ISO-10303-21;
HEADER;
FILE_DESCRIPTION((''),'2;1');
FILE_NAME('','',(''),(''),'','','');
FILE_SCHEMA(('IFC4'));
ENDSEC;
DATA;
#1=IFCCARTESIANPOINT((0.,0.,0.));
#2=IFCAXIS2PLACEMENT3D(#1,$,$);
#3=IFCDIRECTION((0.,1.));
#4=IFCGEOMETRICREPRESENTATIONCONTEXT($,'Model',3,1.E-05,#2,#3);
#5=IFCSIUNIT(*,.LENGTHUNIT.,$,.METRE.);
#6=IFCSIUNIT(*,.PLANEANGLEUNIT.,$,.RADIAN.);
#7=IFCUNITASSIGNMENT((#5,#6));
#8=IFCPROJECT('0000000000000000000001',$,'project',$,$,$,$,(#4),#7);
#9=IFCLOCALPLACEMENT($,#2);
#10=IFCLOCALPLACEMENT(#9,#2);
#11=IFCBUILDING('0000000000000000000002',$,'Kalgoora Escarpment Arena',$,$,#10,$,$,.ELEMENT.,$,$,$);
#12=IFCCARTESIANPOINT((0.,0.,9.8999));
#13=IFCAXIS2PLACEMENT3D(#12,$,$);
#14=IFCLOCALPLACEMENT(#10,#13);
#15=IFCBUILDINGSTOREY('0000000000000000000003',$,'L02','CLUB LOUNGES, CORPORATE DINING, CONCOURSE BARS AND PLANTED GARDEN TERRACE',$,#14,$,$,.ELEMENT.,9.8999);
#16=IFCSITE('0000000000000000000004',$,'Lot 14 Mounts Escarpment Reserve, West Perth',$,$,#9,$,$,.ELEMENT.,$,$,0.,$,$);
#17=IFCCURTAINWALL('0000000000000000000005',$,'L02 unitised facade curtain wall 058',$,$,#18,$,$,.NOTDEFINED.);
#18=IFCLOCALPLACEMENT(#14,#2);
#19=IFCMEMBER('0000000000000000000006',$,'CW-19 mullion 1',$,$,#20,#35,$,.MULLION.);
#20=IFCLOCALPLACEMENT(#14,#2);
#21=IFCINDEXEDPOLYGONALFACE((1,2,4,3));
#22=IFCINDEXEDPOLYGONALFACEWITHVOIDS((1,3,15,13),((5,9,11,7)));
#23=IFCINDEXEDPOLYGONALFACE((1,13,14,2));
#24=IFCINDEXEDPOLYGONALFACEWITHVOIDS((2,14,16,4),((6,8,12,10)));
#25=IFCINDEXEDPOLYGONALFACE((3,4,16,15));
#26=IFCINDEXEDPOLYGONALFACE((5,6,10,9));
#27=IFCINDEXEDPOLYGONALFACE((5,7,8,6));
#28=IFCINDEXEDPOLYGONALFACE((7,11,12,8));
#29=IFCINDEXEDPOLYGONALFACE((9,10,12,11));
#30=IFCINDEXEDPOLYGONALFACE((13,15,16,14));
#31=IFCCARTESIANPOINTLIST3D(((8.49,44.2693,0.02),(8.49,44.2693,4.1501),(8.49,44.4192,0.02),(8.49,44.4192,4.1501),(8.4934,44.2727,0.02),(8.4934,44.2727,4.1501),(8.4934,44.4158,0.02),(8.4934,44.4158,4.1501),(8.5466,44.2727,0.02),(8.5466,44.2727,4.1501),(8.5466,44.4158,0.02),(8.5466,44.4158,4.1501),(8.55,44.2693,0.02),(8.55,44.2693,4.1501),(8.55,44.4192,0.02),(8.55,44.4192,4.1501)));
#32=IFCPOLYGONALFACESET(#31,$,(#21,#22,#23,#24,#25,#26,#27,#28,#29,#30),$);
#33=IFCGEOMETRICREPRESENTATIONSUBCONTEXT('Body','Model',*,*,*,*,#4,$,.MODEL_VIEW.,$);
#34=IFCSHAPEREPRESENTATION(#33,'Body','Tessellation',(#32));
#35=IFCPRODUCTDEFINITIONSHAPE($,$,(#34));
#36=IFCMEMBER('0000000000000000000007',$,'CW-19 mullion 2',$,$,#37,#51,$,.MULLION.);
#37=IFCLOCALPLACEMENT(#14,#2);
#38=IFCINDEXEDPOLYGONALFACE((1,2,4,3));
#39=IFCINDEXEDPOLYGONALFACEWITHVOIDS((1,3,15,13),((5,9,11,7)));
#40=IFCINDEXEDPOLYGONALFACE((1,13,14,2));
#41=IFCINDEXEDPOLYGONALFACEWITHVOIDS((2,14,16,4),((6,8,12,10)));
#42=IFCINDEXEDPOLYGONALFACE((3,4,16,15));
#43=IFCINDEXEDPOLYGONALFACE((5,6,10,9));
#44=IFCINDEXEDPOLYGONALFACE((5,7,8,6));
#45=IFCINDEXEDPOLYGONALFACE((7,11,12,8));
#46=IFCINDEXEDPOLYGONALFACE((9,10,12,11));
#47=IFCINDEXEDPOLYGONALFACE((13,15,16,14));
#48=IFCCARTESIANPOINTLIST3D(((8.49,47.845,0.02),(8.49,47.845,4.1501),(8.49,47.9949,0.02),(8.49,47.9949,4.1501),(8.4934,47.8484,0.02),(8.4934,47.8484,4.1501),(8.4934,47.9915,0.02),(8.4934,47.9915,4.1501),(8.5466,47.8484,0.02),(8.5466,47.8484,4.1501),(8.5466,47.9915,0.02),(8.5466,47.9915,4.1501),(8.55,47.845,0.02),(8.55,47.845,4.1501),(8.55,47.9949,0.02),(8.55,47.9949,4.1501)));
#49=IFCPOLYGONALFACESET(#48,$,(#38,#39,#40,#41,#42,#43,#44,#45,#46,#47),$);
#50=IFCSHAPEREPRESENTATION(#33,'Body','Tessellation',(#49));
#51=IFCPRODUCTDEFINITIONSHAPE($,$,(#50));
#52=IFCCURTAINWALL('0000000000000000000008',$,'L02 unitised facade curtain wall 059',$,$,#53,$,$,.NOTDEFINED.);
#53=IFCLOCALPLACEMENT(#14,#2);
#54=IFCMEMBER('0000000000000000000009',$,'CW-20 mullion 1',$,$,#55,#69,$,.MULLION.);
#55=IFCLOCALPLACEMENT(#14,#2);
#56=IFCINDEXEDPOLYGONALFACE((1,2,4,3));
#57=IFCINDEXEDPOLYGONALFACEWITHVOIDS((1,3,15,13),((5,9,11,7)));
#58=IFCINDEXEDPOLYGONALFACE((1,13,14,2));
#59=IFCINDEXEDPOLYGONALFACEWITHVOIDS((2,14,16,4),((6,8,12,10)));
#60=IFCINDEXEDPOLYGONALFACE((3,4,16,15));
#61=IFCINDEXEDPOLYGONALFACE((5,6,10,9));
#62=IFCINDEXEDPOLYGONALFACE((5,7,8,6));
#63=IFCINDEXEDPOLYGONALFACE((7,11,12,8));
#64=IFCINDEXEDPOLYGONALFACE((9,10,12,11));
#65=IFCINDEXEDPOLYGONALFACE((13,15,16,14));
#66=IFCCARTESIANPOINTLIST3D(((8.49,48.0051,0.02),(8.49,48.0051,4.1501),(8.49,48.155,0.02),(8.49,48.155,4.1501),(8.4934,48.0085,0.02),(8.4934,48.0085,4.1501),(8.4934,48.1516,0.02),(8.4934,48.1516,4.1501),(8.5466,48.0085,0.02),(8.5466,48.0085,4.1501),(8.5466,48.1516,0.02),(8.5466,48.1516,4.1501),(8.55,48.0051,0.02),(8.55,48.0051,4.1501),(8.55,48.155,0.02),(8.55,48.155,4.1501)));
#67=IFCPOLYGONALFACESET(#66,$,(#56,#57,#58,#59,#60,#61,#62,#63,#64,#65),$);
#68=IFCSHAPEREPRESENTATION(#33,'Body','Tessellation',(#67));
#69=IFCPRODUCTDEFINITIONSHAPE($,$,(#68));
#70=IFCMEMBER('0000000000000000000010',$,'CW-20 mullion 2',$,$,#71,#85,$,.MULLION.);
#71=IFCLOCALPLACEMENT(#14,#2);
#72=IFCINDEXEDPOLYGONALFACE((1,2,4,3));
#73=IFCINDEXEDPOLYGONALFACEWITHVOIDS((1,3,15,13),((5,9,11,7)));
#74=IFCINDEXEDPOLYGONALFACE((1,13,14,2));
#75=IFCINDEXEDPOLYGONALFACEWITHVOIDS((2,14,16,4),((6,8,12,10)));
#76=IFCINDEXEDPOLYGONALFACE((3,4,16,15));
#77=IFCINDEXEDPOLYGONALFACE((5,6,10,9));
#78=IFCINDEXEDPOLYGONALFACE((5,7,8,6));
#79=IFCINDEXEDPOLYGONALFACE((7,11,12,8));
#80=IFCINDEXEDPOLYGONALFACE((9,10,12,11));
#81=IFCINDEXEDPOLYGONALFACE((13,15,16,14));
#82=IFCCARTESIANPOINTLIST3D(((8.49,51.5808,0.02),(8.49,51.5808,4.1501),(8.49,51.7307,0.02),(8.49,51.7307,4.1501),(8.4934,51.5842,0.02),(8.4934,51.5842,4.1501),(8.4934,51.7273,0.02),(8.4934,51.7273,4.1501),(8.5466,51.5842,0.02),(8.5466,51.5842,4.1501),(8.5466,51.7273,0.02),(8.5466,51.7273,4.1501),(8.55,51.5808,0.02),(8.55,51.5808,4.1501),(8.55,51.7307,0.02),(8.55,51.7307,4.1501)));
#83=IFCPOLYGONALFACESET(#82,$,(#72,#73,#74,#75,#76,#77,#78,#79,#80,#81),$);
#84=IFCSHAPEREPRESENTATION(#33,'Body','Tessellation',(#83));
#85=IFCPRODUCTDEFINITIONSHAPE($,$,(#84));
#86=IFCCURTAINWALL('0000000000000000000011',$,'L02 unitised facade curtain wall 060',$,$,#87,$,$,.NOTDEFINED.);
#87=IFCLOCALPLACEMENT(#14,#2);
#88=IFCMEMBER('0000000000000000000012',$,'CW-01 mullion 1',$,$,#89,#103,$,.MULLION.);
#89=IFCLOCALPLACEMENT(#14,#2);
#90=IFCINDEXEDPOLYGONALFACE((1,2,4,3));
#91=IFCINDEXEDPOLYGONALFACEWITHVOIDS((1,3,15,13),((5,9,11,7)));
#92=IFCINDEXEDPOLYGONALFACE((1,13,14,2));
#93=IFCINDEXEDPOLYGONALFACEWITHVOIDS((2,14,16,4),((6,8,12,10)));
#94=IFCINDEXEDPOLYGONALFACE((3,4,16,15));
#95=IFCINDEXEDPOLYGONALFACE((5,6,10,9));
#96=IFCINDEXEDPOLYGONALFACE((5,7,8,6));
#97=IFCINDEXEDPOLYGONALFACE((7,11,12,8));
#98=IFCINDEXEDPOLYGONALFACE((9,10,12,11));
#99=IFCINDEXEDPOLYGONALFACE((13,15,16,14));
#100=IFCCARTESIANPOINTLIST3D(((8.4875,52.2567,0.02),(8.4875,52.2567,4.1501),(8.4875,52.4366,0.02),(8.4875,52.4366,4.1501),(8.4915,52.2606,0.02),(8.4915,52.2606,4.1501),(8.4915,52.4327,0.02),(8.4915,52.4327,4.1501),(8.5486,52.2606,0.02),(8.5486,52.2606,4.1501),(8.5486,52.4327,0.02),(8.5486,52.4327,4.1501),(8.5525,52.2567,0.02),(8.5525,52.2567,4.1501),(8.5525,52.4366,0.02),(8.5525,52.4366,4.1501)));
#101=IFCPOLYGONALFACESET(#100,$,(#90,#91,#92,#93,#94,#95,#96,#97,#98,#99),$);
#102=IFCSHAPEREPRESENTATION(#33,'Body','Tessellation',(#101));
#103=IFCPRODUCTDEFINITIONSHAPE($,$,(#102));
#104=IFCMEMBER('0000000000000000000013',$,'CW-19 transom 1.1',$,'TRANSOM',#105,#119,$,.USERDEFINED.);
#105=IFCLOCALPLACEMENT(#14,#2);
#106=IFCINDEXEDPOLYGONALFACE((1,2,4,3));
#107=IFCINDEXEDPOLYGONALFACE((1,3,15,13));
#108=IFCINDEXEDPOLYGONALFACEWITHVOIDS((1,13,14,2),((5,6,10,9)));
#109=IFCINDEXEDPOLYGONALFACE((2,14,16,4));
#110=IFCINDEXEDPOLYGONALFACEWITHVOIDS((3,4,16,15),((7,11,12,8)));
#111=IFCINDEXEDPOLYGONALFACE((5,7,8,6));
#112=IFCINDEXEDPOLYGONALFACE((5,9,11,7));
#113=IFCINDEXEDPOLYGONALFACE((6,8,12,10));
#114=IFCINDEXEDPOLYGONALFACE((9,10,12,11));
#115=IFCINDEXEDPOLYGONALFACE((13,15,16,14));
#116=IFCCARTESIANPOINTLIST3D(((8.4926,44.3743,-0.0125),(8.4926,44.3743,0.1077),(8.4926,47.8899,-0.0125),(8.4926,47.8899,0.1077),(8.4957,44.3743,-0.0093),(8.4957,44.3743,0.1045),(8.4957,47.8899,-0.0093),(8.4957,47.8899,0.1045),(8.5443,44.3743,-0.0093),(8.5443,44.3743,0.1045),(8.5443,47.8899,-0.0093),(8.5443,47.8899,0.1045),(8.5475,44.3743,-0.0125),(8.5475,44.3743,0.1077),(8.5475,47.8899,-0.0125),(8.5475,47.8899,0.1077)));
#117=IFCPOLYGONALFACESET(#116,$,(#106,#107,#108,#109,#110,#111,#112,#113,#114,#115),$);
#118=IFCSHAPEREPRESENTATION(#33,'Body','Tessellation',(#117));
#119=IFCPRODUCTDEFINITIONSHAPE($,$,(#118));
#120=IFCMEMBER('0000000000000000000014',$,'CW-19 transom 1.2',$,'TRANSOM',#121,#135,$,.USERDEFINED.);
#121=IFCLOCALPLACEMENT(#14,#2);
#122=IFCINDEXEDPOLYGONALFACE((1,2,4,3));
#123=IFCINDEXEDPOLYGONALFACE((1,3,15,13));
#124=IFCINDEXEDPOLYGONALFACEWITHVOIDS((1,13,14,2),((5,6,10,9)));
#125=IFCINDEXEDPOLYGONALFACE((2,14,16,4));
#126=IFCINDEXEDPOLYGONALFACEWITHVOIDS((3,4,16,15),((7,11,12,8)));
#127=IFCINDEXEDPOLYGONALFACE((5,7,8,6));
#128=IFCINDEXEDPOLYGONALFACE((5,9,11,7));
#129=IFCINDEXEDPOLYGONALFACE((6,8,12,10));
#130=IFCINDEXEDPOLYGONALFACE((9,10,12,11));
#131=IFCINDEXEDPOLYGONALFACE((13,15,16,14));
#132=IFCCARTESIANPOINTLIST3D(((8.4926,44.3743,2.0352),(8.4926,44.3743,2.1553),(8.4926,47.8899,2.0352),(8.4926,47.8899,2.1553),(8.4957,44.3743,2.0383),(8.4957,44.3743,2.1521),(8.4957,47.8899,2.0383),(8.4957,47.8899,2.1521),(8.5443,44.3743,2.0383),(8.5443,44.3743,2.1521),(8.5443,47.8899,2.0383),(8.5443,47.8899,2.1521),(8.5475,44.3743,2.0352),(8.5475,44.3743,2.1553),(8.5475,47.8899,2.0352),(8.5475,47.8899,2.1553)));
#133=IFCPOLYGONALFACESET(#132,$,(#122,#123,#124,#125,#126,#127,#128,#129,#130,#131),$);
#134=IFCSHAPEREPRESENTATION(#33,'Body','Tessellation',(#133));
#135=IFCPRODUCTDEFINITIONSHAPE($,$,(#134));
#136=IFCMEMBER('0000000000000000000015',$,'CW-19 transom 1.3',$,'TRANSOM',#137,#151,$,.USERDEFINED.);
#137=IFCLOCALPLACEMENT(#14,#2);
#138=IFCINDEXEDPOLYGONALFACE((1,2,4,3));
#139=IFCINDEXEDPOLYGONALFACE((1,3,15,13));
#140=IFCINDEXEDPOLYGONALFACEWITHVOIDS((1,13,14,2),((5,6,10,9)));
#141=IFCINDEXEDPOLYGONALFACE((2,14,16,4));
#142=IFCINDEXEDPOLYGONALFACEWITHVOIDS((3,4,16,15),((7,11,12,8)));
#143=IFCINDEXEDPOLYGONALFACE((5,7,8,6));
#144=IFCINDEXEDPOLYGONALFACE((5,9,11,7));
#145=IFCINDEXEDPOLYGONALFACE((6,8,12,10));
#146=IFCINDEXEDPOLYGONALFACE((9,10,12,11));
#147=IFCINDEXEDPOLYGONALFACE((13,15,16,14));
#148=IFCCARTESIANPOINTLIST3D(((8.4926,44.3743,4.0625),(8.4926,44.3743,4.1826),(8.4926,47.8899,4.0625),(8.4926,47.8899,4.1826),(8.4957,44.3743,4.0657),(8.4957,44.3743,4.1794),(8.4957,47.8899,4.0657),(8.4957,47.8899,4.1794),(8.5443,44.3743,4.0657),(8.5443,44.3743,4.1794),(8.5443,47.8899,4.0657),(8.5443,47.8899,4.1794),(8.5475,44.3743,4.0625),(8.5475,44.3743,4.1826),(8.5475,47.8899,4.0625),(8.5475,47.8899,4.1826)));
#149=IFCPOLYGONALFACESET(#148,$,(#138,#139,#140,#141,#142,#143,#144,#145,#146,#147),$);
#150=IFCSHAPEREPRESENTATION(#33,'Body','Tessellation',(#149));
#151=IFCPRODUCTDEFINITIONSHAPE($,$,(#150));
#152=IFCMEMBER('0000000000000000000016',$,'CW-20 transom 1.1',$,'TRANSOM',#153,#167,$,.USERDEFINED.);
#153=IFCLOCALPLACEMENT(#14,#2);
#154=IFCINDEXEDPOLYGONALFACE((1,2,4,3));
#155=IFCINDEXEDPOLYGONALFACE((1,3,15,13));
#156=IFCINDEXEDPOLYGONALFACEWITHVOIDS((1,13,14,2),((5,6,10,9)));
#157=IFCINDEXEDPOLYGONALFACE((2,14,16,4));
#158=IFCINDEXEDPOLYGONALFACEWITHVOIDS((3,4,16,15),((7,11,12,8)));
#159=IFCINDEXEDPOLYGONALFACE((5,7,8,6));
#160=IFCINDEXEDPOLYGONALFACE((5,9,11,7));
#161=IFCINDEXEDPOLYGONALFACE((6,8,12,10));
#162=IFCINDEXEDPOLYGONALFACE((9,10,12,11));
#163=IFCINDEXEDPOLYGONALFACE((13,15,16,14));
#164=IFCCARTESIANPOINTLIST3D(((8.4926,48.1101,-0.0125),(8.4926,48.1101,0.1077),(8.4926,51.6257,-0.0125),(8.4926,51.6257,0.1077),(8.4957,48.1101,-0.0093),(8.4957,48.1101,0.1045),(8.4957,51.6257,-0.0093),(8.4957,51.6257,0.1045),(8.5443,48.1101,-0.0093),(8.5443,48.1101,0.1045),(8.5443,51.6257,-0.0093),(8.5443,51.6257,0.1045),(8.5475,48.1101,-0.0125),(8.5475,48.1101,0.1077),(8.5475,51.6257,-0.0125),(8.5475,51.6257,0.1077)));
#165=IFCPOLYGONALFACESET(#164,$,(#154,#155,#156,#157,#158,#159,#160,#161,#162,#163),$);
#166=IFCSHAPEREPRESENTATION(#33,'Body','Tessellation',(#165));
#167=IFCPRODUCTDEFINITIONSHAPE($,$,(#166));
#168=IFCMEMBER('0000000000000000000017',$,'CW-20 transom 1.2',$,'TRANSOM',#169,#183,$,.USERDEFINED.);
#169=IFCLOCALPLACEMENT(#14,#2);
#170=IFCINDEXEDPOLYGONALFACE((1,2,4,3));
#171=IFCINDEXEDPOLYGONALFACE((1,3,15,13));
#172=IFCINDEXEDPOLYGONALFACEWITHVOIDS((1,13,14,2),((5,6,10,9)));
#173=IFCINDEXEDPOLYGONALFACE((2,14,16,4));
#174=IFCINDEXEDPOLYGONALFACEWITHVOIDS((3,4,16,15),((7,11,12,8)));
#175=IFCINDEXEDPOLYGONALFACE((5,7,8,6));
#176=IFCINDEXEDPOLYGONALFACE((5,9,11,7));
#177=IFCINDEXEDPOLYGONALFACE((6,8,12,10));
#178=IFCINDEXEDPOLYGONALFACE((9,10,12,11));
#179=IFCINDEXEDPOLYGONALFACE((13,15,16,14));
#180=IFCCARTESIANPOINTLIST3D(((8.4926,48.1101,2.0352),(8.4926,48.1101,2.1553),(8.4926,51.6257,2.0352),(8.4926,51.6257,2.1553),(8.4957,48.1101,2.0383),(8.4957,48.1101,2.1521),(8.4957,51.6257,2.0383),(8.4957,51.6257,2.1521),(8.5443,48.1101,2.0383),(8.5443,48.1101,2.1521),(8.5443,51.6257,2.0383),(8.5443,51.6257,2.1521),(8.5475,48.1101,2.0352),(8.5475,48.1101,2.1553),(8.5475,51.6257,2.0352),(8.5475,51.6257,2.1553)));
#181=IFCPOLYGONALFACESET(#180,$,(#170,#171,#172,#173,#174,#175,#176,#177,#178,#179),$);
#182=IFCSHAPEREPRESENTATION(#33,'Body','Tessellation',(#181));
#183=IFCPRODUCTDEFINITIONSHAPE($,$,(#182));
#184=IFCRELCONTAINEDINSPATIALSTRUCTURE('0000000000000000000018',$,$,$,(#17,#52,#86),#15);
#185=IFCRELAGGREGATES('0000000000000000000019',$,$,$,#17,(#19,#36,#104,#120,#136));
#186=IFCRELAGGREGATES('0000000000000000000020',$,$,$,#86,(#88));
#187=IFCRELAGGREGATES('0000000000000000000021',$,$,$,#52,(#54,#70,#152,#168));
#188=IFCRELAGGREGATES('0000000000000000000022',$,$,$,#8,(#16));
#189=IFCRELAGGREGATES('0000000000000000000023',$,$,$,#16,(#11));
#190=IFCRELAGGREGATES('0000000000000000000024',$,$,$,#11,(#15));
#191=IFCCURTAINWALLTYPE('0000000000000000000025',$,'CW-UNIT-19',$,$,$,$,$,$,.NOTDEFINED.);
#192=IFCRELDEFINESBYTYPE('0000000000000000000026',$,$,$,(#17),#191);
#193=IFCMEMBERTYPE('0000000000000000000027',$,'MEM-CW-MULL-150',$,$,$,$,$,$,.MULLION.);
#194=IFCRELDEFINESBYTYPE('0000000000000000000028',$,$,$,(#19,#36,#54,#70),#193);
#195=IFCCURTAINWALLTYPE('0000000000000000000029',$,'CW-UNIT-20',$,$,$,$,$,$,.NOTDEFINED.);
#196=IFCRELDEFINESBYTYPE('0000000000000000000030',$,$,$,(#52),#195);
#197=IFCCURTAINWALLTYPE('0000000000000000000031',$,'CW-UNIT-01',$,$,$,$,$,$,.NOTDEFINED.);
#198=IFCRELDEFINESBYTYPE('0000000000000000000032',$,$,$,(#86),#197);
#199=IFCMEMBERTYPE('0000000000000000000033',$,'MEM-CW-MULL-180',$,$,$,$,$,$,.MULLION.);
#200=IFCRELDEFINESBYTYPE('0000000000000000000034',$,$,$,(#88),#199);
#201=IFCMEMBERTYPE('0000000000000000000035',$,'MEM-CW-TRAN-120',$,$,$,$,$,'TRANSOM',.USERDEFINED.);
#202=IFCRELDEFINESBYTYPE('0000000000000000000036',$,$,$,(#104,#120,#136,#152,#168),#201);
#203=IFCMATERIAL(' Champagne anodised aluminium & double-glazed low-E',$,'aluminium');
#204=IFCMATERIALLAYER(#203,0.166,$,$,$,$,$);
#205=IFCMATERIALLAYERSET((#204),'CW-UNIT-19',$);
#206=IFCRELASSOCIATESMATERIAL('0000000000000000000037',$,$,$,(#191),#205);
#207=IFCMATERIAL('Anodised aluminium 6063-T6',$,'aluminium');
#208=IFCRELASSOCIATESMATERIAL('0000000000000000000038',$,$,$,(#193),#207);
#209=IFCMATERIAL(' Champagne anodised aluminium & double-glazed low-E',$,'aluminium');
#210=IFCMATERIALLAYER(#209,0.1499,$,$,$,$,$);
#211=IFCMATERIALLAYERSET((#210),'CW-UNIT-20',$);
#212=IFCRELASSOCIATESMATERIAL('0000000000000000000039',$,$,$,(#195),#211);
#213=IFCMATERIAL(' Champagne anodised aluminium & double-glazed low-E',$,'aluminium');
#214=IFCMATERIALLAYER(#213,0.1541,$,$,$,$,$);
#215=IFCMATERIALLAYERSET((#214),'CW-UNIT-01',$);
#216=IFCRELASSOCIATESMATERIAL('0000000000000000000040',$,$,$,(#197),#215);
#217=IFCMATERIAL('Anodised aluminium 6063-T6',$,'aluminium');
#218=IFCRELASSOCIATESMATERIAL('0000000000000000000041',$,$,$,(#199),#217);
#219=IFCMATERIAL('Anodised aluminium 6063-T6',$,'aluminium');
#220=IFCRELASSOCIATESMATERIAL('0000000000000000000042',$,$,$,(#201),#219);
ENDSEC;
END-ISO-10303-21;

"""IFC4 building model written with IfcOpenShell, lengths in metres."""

from ifc_helpers import new_model, si_unit, direction, frame, origin, origin_2d, place, context, subcontext, project, spatial, hollow_rectangle, extrude, material, layer, layer_set, material_profile, profile_set, type_object, element, aggregate, save


model = new_model("IFC4")

# Units and contexts
model_context = context("Model", 3, precision=1e-05, world=origin(), true_north=direction((0.0, 1.0)))
body_context = subcontext(model_context, "Body", "Model", "MODEL_VIEW")
ifc_project = project(units=[si_unit("LENGTHUNIT", "METRE"), si_unit("PLANEANGLEUNIT", "RADIAN")], contexts=[model_context])

# Site, building, storey
site_placement = place(None, origin())
site = spatial("IfcSite", under=ifc_project, at=site_placement, Name="Lot 14 Mounts Escarpment Reserve, West Perth", CompositionType="ELEMENT", RefElevation=0.0)
building_placement = place(site_placement, origin())
building = spatial("IfcBuilding", under=site, at=building_placement, Name="Kalgoora Escarpment Arena", CompositionType="ELEMENT")
storey_placement = place(building_placement, frame((0.0, 0.0, 9.8999)))
storey = spatial("IfcBuildingStorey", under=building, at=storey_placement, Name="L02", Description="CLUB LOUNGES, CORPORATE DINING, CONCOURSE BARS AND PLANTED GARDEN TERRACE", CompositionType="ELEMENT", Elevation=9.8999)

# Curtain walls, members
ifc_material_1 = material(Name=" Champagne anodised aluminium & double-glazed low-E", Category="aluminium")
ifc_layer_1 = layer(ifc_material_1, 0.166)
ifc_layer_set_1 = layer_set([ifc_layer_1], Name="CW-UNIT-19")
curtain_wall_type_1 = type_object("IfcCurtainWallType", Name="CW-UNIT-19", PredefinedType="NOTDEFINED", material=ifc_layer_set_1)
curtain_wall_1_placement = place(storey_placement, origin())
curtain_wall_1 = element("IfcCurtainWall", 1, at=curtain_wall_1_placement, inside=storey, type_object=curtain_wall_type_1, Name="L02 unitised facade curtain wall 058", PredefinedType="NOTDEFINED")
ifc_material_2 = material(Name="Anodised aluminium 6063-T6", Category="aluminium")
ifc_material_profile_1 = material_profile(ifc_material_2, hollow_rectangle(XDim=0.0601, YDim=0.1499, WallThickness=0.0034, at=origin_2d()))
ifc_profile_set_1 = profile_set([ifc_material_profile_1], Name="Anodised aluminium 6063-T6")
member_type_1 = type_object("IfcMemberType", Name="MEM-CW-MULL-150", PredefinedType="MULLION", material=ifc_profile_set_1)
member_1_placement = place(storey_placement, frame((8.52, 44.3442, 0.02), z_axis=(0.0, 0.0, 1.0), x_axis=(-1.0, 0.0, 0.0)))
member_1 = element("IfcMember", 2, at=member_1_placement, type_object=member_type_1, Name="CW-19 mullion 1", PredefinedType="MULLION", context=body_context, shape_type="SweptSolid", body=[
    extrude(hollow_rectangle(XDim=0.0601, YDim=0.1499, WallThickness=0.0034, at=origin_2d()), origin(), (0.0, 0.0, 1.0), 4.1301),
])
member_2_placement = place(storey_placement, frame((8.52, 47.9199, 0.02), z_axis=(0.0, 0.0, 1.0), x_axis=(-1.0, 0.0, 0.0)))
member_2 = element("IfcMember", 3, at=member_2_placement, type_object=member_type_1, Name="CW-19 mullion 2", PredefinedType="MULLION", context=body_context, shape_type="SweptSolid", body=[
    extrude(hollow_rectangle(XDim=0.0601, YDim=0.1499, WallThickness=0.0034, at=origin_2d()), origin(), (0.0, 0.0, 1.0), 4.1301),
])
ifc_material_3 = material(Name=" Champagne anodised aluminium & double-glazed low-E", Category="aluminium")
ifc_layer_2 = layer(ifc_material_3, 0.1499)
ifc_layer_set_2 = layer_set([ifc_layer_2], Name="CW-UNIT-20")
curtain_wall_type_2 = type_object("IfcCurtainWallType", Name="CW-UNIT-20", PredefinedType="NOTDEFINED", material=ifc_layer_set_2)
curtain_wall_2_placement = place(storey_placement, origin())
curtain_wall_2 = element("IfcCurtainWall", 4, at=curtain_wall_2_placement, inside=storey, type_object=curtain_wall_type_2, Name="L02 unitised facade curtain wall 059", PredefinedType="NOTDEFINED")
member_3_placement = place(storey_placement, frame((8.52, 48.0801, 0.02), z_axis=(0.0, 0.0, 1.0), x_axis=(-1.0, 0.0, 0.0)))
member_3 = element("IfcMember", 5, at=member_3_placement, type_object=member_type_1, Name="CW-20 mullion 1", PredefinedType="MULLION", context=body_context, shape_type="SweptSolid", body=[
    extrude(hollow_rectangle(XDim=0.0601, YDim=0.1499, WallThickness=0.0034, at=origin_2d()), origin(), (0.0, 0.0, 1.0), 4.1301),
])
member_4_placement = place(storey_placement, frame((8.52, 51.6558, 0.02), z_axis=(0.0, 0.0, 1.0), x_axis=(-1.0, 0.0, 0.0)))
member_4 = element("IfcMember", 6, at=member_4_placement, type_object=member_type_1, Name="CW-20 mullion 2", PredefinedType="MULLION", context=body_context, shape_type="SweptSolid", body=[
    extrude(hollow_rectangle(XDim=0.0601, YDim=0.1499, WallThickness=0.0034, at=origin_2d()), origin(), (0.0, 0.0, 1.0), 4.1301),
])

# Curtain wall, member
ifc_material_4 = material(Name=" Champagne anodised aluminium & double-glazed low-E", Category="aluminium")
ifc_layer_3 = layer(ifc_material_4, 0.1541)
ifc_layer_set_3 = layer_set([ifc_layer_3], Name="CW-UNIT-01")
curtain_wall_type_3 = type_object("IfcCurtainWallType", Name="CW-UNIT-01", PredefinedType="NOTDEFINED", material=ifc_layer_set_3)
curtain_wall_3_placement = place(storey_placement, origin())
curtain_wall_3 = element("IfcCurtainWall", 7, at=curtain_wall_3_placement, inside=storey, type_object=curtain_wall_type_3, Name="L02 unitised facade curtain wall 060", PredefinedType="NOTDEFINED")
ifc_material_5 = material(Name="Anodised aluminium 6063-T6", Category="aluminium")
ifc_material_profile_2 = material_profile(ifc_material_5, hollow_rectangle(XDim=0.0649, YDim=0.1799, WallThickness=0.0039, at=origin_2d()))
ifc_profile_set_2 = profile_set([ifc_material_profile_2], Name="Anodised aluminium 6063-T6")
member_type_2 = type_object("IfcMemberType", Name="MEM-CW-MULL-180", PredefinedType="MULLION", material=ifc_profile_set_2)
member_5_placement = place(storey_placement, frame((8.52, 52.3467, 0.02), z_axis=(0.0, 0.0, 1.0), x_axis=(-1.0, 0.0, 0.0)))
member_5 = element("IfcMember", 8, at=member_5_placement, type_object=member_type_2, Name="CW-01 mullion 1", PredefinedType="MULLION", context=body_context, shape_type="SweptSolid", body=[
    extrude(hollow_rectangle(XDim=0.0649, YDim=0.1799, WallThickness=0.0039, at=origin_2d()), origin(), (0.0, 0.0, 1.0), 4.1301),
])

# Members
ifc_material_6 = material(Name="Anodised aluminium 6063-T6", Category="aluminium")
ifc_material_profile_3 = material_profile(ifc_material_6, hollow_rectangle(XDim=0.0549, YDim=0.1201, WallThickness=0.0032, at=origin_2d()))
ifc_profile_set_3 = profile_set([ifc_material_profile_3], Name="Anodised aluminium 6063-T6")
member_type_3 = type_object("IfcMemberType", Name="MEM-CW-TRAN-120", ElementType="TRANSOM", PredefinedType="USERDEFINED", material=ifc_profile_set_3)
member_6_placement = place(storey_placement, frame((8.52, 44.3743, 0.0476), z_axis=(0.0, 1.0, 0.0), x_axis=(-1.0, 0.0, 0.0)))
member_6 = element("IfcMember", 9, at=member_6_placement, type_object=member_type_3, Name="CW-19 transom 1.1", ObjectType="TRANSOM", PredefinedType="USERDEFINED", context=body_context, shape_type="SweptSolid", body=[
    extrude(hollow_rectangle(XDim=0.0549, YDim=0.1201, WallThickness=0.0032, at=origin_2d()), origin(), (0.0, 0.0, 1.0), 3.5156),
])
member_7_placement = place(storey_placement, frame((8.52, 44.3743, 2.0952), z_axis=(0.0, 1.0, 0.0), x_axis=(-1.0, 0.0, 0.0)))
member_7 = element("IfcMember", 10, at=member_7_placement, type_object=member_type_3, Name="CW-19 transom 1.2", ObjectType="TRANSOM", PredefinedType="USERDEFINED", context=body_context, shape_type="SweptSolid", body=[
    extrude(hollow_rectangle(XDim=0.0549, YDim=0.1201, WallThickness=0.0032, at=origin_2d()), origin(), (0.0, 0.0, 1.0), 3.5156),
])
member_8_placement = place(storey_placement, frame((8.52, 44.3743, 4.1226), z_axis=(0.0, 1.0, 0.0), x_axis=(-1.0, 0.0, 0.0)))
member_8 = element("IfcMember", 11, at=member_8_placement, type_object=member_type_3, Name="CW-19 transom 1.3", ObjectType="TRANSOM", PredefinedType="USERDEFINED", context=body_context, shape_type="SweptSolid", body=[
    extrude(hollow_rectangle(XDim=0.0549, YDim=0.1201, WallThickness=0.0032, at=origin_2d()), origin(), (0.0, 0.0, 1.0), 3.5156),
])
member_9_placement = place(storey_placement, frame((8.52, 48.1101, 0.0476), z_axis=(0.0, 1.0, 0.0), x_axis=(-1.0, 0.0, 0.0)))
member_9 = element("IfcMember", 12, at=member_9_placement, type_object=member_type_3, Name="CW-20 transom 1.1", ObjectType="TRANSOM", PredefinedType="USERDEFINED", context=body_context, shape_type="SweptSolid", body=[
    extrude(hollow_rectangle(XDim=0.0549, YDim=0.1201, WallThickness=0.0032, at=origin_2d()), origin(), (0.0, 0.0, 1.0), 3.5156),
])
member_10_placement = place(storey_placement, frame((8.52, 48.1101, 2.0952), z_axis=(0.0, 1.0, 0.0), x_axis=(-1.0, 0.0, 0.0)))
member_10 = element("IfcMember", 13, at=member_10_placement, type_object=member_type_3, Name="CW-20 transom 1.2", ObjectType="TRANSOM", PredefinedType="USERDEFINED", context=body_context, shape_type="SweptSolid", body=[
    extrude(hollow_rectangle(XDim=0.0549, YDim=0.1201, WallThickness=0.0032, at=origin_2d()), origin(), (0.0, 0.0, 1.0), 3.5156),
])

aggregate(curtain_wall_1, [member_1, member_2, member_6, member_7, member_8])
aggregate(curtain_wall_3, [member_5])
aggregate(curtain_wall_2, [member_3, member_4, member_9, member_10])

save(model, "model.ifc")
